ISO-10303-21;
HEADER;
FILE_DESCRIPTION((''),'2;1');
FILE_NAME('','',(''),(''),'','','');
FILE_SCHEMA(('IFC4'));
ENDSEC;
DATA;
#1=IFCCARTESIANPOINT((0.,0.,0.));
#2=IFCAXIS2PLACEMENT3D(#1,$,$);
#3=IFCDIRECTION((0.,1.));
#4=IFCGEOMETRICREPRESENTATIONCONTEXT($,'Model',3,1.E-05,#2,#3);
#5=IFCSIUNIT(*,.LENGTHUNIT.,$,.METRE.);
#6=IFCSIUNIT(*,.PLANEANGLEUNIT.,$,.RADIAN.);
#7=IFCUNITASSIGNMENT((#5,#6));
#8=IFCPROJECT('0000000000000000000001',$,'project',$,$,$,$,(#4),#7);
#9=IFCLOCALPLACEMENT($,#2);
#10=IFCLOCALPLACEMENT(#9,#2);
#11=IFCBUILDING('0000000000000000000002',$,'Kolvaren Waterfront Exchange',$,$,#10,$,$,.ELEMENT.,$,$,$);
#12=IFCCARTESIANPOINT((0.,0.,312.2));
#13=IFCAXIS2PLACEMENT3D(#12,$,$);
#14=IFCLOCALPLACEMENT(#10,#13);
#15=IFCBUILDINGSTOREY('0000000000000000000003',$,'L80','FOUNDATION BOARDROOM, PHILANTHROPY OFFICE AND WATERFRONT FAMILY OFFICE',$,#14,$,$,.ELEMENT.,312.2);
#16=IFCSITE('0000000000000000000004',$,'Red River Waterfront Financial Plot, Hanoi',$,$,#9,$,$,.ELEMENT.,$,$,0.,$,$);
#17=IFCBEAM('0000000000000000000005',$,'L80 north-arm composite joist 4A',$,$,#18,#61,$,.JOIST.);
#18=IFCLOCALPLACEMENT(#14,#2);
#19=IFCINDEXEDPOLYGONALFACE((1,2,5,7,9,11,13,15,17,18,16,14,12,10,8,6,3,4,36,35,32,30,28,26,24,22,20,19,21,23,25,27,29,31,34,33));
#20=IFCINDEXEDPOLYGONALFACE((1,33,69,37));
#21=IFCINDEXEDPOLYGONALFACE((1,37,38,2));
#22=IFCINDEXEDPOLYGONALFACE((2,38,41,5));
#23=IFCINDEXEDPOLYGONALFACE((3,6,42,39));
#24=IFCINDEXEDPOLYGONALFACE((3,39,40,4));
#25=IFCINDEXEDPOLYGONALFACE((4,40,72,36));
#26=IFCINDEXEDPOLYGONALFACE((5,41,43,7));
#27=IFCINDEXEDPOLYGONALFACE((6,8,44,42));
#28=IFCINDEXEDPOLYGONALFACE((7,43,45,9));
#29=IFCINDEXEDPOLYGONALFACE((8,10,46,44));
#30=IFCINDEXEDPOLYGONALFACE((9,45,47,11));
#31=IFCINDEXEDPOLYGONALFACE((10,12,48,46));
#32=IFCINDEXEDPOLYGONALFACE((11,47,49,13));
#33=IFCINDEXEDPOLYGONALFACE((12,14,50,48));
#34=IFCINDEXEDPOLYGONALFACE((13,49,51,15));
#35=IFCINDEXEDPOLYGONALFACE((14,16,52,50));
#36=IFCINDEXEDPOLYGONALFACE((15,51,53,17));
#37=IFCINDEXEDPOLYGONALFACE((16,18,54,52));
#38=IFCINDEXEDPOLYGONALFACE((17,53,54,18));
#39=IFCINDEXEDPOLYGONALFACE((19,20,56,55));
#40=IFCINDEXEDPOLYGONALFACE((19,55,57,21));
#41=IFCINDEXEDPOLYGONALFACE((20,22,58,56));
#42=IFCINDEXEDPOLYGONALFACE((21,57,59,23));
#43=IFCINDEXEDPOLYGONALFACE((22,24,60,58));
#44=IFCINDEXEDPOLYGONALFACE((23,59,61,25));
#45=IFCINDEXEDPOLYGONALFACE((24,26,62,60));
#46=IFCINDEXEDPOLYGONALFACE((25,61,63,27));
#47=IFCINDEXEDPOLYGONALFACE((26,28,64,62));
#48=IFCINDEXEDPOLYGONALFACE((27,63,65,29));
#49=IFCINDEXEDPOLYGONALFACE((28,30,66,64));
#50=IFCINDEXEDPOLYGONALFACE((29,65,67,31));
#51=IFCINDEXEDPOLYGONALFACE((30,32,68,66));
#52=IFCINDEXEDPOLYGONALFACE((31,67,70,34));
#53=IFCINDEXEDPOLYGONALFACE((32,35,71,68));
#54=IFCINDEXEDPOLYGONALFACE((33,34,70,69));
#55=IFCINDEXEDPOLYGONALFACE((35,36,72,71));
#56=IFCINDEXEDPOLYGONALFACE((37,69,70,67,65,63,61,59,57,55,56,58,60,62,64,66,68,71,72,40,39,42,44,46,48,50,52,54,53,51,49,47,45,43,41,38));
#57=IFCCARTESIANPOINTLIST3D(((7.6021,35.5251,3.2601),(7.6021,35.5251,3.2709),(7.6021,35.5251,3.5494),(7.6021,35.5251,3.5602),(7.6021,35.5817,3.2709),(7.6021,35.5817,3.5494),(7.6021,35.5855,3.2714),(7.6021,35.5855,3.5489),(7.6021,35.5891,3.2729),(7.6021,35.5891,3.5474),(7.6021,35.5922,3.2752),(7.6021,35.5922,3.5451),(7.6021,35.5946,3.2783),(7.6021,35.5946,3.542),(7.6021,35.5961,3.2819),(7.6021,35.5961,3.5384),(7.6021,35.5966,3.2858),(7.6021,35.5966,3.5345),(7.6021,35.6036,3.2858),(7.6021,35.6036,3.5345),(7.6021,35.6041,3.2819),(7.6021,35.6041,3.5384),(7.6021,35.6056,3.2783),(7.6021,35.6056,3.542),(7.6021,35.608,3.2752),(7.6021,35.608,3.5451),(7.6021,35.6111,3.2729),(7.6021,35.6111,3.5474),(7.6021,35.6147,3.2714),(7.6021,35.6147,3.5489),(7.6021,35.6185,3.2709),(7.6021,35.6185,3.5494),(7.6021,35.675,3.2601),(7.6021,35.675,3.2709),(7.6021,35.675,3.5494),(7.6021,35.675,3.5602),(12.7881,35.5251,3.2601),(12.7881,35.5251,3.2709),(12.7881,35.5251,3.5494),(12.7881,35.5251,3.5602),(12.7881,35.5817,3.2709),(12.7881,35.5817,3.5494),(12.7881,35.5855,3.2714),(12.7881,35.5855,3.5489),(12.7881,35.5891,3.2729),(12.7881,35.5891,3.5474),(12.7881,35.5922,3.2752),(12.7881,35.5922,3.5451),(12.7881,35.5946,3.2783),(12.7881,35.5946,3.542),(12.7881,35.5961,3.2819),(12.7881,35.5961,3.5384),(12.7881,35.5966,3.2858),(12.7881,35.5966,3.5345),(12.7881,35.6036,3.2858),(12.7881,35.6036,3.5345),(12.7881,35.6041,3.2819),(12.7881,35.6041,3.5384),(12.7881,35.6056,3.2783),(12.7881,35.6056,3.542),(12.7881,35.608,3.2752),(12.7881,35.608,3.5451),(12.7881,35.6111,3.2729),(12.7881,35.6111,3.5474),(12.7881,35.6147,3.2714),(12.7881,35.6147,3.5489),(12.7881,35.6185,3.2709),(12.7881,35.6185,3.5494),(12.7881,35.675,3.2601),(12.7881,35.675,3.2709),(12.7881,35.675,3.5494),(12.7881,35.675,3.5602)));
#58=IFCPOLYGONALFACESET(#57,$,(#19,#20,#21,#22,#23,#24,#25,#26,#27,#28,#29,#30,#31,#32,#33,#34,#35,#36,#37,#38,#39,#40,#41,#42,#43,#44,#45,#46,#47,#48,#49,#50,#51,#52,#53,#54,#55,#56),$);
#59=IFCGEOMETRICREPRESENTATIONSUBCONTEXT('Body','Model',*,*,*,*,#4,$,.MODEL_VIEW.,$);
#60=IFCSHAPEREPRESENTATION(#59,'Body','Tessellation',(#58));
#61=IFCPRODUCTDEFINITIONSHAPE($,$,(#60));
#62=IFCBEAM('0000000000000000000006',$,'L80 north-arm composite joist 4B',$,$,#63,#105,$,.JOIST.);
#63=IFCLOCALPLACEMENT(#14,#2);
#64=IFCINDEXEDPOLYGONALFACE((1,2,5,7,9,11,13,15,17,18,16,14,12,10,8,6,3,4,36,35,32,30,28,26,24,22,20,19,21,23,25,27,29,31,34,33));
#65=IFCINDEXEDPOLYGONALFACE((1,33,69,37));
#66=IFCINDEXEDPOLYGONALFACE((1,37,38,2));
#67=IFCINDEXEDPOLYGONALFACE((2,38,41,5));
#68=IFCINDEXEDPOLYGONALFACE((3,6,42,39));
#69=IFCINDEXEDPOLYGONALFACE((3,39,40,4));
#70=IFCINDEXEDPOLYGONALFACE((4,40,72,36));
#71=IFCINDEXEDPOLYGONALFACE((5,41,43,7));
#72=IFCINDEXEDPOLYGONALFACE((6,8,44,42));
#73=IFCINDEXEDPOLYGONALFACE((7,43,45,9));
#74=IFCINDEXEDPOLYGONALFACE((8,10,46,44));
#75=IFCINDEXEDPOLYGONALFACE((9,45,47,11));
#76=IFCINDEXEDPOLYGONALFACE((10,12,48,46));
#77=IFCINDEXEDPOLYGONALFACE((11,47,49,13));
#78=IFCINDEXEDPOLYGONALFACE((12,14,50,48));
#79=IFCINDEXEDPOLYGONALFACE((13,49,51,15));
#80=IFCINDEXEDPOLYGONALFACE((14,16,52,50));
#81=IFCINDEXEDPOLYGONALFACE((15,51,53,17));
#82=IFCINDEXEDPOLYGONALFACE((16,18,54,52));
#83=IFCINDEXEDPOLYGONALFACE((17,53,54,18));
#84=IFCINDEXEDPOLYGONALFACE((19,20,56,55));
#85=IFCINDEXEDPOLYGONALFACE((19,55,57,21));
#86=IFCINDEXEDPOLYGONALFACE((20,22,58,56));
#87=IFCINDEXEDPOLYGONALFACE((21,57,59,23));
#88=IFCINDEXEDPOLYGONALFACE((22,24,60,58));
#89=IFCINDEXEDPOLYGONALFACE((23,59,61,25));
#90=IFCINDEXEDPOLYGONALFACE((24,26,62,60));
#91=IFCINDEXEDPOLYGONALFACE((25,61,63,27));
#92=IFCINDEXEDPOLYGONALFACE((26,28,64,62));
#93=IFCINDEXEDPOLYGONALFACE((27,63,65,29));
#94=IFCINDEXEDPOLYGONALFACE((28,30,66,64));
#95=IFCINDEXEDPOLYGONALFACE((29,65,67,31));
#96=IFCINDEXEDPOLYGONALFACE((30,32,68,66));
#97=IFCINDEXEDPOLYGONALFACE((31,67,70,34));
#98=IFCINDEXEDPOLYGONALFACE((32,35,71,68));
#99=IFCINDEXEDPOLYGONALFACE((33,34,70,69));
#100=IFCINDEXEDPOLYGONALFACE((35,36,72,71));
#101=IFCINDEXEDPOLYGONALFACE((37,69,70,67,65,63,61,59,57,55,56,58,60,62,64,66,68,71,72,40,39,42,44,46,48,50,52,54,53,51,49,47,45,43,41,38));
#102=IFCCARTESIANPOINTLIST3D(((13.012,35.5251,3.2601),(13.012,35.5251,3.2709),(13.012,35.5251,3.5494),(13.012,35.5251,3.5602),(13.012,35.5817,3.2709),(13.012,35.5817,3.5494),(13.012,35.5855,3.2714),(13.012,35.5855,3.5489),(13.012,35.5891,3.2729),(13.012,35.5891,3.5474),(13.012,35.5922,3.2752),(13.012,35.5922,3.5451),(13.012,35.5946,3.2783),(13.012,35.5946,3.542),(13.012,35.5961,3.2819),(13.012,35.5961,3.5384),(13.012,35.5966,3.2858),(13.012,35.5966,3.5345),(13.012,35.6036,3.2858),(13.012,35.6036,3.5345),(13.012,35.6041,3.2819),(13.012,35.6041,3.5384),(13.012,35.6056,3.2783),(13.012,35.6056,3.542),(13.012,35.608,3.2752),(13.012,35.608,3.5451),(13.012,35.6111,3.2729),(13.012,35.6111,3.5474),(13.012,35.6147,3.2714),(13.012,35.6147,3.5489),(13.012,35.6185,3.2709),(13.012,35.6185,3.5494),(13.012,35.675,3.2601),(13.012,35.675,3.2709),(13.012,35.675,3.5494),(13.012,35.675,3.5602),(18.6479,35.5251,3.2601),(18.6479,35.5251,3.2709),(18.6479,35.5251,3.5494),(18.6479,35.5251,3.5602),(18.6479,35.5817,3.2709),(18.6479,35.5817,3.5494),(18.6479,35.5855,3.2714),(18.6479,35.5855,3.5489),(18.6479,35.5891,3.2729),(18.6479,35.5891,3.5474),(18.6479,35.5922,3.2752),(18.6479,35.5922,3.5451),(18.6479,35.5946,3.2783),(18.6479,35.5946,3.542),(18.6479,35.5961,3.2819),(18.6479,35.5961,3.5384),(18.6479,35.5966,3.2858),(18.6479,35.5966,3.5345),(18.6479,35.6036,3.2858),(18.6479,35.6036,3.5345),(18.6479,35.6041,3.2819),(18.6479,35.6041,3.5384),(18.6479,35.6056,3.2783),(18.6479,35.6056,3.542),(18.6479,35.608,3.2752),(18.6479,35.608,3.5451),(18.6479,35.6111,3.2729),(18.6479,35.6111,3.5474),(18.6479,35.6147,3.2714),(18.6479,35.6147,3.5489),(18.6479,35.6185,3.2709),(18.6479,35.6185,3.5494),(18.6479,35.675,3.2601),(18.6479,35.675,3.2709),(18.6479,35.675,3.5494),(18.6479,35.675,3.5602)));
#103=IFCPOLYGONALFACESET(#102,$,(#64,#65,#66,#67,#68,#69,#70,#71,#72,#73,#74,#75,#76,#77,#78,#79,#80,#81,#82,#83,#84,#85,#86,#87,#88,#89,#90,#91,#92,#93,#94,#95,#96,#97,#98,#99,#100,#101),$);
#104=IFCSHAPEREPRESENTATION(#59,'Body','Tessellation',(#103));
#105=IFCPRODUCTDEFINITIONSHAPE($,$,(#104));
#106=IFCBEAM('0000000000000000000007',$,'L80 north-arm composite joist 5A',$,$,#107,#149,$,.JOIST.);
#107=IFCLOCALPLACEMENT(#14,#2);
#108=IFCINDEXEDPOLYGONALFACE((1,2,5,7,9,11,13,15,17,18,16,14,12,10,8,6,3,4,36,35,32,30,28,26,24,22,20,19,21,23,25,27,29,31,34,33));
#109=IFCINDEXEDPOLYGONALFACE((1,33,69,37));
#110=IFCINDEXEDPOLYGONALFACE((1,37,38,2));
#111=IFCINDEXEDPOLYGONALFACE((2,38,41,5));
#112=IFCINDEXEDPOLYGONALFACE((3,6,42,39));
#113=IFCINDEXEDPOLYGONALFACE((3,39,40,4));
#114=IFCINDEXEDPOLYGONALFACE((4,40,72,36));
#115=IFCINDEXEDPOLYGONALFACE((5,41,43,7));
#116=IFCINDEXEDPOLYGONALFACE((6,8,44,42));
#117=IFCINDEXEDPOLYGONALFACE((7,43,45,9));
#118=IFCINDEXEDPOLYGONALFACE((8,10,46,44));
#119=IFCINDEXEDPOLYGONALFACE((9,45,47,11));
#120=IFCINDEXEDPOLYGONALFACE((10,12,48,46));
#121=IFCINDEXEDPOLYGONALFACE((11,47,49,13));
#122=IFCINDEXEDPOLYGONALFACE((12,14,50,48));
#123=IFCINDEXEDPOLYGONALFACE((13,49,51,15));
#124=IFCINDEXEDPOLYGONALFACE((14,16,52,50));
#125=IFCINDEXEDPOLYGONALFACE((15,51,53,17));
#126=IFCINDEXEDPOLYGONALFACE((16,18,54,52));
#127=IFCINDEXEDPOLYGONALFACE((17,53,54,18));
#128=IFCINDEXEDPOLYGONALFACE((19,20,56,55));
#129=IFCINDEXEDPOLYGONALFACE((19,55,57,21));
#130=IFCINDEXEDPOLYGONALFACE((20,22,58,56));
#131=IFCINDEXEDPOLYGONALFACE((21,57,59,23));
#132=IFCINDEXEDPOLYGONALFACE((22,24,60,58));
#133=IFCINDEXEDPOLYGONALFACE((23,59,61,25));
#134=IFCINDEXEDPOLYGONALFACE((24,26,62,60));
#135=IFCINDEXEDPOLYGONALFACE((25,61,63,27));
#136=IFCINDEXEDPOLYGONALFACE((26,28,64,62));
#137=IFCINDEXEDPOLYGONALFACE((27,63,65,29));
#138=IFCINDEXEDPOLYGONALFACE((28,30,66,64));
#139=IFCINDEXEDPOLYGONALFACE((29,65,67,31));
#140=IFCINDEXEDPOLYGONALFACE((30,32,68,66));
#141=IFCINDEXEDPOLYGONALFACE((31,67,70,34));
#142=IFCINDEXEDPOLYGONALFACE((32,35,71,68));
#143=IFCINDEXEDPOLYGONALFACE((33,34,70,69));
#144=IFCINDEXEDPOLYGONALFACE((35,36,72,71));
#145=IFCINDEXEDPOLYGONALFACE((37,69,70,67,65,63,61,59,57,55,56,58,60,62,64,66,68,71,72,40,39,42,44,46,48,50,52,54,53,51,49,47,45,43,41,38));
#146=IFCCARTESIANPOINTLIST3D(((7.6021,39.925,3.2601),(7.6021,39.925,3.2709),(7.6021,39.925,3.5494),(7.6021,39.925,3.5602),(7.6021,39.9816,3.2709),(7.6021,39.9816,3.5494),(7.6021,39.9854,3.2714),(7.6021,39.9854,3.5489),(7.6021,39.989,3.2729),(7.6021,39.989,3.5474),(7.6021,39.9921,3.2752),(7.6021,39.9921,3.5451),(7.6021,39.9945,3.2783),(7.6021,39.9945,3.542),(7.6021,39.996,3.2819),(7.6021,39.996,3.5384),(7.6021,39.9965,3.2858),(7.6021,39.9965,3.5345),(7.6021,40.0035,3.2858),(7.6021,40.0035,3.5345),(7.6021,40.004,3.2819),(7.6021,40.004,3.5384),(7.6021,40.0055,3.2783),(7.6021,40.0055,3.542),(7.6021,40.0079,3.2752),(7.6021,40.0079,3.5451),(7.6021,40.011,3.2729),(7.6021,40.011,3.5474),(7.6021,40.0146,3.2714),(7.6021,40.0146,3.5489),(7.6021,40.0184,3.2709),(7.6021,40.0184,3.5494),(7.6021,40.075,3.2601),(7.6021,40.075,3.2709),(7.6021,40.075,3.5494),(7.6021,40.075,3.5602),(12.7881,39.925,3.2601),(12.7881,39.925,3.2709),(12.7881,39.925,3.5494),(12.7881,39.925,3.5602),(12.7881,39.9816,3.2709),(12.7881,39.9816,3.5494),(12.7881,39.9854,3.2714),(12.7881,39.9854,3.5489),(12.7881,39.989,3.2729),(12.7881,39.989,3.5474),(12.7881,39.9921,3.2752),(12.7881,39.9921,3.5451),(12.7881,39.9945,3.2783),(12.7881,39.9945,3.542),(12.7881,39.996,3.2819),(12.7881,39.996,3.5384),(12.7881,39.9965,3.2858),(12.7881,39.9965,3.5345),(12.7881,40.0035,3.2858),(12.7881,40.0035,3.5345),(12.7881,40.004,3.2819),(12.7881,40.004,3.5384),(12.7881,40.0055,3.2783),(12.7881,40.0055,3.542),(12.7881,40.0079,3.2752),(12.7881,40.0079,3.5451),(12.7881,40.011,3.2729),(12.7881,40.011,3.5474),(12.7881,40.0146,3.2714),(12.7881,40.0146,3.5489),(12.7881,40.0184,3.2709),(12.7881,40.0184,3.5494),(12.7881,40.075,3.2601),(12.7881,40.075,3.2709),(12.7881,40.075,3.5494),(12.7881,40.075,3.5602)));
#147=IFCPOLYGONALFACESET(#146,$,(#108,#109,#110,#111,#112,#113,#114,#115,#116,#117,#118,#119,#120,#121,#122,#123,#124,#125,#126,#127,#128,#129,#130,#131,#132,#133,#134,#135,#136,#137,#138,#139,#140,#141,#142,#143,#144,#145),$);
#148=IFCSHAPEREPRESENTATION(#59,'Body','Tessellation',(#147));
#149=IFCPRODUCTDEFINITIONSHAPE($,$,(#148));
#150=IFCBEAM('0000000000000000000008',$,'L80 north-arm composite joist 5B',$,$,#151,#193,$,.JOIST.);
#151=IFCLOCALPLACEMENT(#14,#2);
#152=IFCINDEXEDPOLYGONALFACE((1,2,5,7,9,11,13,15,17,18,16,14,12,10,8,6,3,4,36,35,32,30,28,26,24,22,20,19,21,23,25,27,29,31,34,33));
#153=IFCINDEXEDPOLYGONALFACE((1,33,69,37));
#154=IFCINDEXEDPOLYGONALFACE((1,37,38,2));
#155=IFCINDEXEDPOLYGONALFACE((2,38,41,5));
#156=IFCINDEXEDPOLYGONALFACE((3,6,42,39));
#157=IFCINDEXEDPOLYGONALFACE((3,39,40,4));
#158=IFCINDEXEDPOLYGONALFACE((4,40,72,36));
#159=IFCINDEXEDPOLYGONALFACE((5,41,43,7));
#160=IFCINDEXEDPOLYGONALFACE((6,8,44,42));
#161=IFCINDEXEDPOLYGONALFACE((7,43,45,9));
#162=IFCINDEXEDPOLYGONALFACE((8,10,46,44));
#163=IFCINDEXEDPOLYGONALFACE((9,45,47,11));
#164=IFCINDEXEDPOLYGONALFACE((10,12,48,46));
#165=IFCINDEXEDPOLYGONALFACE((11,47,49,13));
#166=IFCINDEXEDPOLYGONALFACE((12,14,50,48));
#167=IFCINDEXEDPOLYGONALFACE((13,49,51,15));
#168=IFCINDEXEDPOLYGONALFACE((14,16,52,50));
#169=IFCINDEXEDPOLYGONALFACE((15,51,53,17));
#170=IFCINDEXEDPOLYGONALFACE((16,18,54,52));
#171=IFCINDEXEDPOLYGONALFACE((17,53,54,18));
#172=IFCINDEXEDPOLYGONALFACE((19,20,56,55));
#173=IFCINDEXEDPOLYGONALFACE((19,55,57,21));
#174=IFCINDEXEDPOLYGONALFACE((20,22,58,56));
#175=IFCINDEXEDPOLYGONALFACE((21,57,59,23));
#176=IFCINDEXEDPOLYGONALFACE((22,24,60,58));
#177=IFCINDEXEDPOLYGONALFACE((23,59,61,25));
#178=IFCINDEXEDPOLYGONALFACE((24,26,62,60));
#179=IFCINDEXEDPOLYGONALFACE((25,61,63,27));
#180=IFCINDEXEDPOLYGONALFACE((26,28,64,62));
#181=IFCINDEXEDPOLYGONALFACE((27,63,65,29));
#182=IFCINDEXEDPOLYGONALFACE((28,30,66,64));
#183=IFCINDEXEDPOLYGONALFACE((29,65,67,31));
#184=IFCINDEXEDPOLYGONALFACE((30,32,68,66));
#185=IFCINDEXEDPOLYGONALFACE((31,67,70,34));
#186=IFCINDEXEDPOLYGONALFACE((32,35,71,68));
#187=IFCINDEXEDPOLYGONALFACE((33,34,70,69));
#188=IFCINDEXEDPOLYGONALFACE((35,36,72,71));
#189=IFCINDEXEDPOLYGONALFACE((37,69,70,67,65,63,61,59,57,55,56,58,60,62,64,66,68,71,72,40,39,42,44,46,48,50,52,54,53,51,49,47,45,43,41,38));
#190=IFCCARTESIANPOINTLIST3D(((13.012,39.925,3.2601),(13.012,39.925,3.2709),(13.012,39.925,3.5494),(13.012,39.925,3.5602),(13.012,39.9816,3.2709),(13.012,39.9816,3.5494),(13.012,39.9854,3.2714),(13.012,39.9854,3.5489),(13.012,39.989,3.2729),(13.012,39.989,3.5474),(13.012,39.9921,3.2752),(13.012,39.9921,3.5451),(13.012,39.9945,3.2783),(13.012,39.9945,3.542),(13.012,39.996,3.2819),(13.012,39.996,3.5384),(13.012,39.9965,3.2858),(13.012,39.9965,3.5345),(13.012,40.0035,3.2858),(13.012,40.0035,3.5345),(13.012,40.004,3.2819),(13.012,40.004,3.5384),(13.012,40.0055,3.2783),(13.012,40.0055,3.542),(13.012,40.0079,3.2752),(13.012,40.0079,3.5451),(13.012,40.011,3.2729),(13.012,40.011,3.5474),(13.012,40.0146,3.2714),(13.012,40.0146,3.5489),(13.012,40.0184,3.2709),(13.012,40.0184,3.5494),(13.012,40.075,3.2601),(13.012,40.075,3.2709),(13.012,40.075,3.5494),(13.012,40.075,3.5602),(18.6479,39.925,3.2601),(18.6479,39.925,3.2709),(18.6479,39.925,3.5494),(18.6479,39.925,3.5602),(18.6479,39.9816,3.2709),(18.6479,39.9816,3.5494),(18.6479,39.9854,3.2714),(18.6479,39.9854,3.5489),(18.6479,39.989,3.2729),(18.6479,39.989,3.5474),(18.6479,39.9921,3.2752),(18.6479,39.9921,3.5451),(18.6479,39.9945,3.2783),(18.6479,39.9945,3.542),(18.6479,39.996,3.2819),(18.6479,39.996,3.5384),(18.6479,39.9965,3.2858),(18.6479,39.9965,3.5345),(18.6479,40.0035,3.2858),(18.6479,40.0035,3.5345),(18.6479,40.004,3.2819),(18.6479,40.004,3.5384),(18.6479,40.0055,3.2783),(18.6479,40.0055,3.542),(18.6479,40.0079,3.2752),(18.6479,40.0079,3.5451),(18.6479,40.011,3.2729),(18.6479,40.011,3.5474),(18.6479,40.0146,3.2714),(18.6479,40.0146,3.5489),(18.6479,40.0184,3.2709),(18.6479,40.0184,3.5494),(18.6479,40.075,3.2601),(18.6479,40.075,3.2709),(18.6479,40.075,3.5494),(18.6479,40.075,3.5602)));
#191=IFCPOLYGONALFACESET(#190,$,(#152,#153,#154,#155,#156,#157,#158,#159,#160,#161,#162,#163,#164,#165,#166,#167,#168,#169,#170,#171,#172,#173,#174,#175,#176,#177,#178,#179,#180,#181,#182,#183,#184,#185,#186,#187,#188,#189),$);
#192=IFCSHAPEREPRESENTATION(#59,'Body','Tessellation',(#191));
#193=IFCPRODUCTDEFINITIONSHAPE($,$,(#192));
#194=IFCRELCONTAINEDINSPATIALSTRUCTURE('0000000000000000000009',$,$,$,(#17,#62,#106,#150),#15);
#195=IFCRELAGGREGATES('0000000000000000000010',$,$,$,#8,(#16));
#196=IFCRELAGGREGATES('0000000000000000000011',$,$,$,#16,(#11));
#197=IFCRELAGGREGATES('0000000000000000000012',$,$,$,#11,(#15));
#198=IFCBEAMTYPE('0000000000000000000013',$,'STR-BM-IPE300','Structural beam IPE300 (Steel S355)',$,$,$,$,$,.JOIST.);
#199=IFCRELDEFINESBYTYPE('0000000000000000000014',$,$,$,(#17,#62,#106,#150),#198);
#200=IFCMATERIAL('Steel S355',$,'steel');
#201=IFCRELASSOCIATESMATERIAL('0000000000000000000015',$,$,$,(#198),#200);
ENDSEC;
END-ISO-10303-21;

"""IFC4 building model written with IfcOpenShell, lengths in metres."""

from ifc_helpers import new_model, si_unit, direction, frame, origin, origin_2d, place, context, subcontext, project, spatial, i_section, extrude, material, material_profile, profile_set, type_object, element, save


model = new_model("IFC4")

# Units and contexts
model_context = context("Model", 3, precision=1e-05, world=origin(), true_north=direction((0.0, 1.0)))
body_context = subcontext(model_context, "Body", "Model", "MODEL_VIEW")
ifc_project = project(units=[si_unit("LENGTHUNIT", "METRE"), si_unit("PLANEANGLEUNIT", "RADIAN")], contexts=[model_context])

# Site, building, storey
site_placement = place(None, origin())
site = spatial("IfcSite", under=ifc_project, at=site_placement, Name="Red River Waterfront Financial Plot, Hanoi", CompositionType="ELEMENT", RefElevation=0.0)
building_placement = place(site_placement, origin())
building = spatial("IfcBuilding", under=site, at=building_placement, Name="Kolvaren Waterfront Exchange", CompositionType="ELEMENT")
storey_placement = place(building_placement, frame((0.0, 0.0, 312.2)))
storey = spatial("IfcBuildingStorey", under=building, at=storey_placement, Name="L80", Description="FOUNDATION BOARDROOM, PHILANTHROPY OFFICE AND WATERFRONT FAMILY OFFICE", CompositionType="ELEMENT", Elevation=312.2)

# Beams
ifc_material_1 = material(Name="Steel S355", Category="steel")
ifc_material_profile_1 = material_profile(ifc_material_1, i_section(OverallWidth=0.1499, OverallDepth=0.3, WebThickness=0.0071, FlangeThickness=0.0107, FilletRadius=0.0149, at=origin_2d()), Name="IPE300")
ifc_profile_set_1 = profile_set([ifc_material_profile_1], Name="Steel S355")
beam_type_1 = type_object("IfcBeamType", Name="STR-BM-IPE300", Description="Structural beam IPE300 (Steel S355)", PredefinedType="JOIST", material=ifc_profile_set_1)
beam_1_placement = place(storey_placement, frame((7.6021, 35.6001, 3.4102), z_axis=(1.0, 0.0, 0.0), x_axis=(0.0, 1.0, 0.0)))
element("IfcBeam", 1, at=beam_1_placement, inside=storey, type_object=beam_type_1, Name="L80 north-arm composite joist 4A", PredefinedType="JOIST", context=body_context, shape_type="SweptSolid", body=[
    extrude(i_section(OverallWidth=0.1499, OverallDepth=0.3, WebThickness=0.0071, FlangeThickness=0.0107, FilletRadius=0.0149, at=origin_2d()), origin(), (0.0, 0.0, 1.0), 5.186),
])
beam_2_placement = place(storey_placement, frame((13.012, 35.6001, 3.4102), z_axis=(1.0, 0.0, 0.0), x_axis=(0.0, 1.0, 0.0)))
element("IfcBeam", 2, at=beam_2_placement, inside=storey, type_object=beam_type_1, Name="L80 north-arm composite joist 4B", PredefinedType="JOIST", context=body_context, shape_type="SweptSolid", body=[
    extrude(i_section(OverallWidth=0.1499, OverallDepth=0.3, WebThickness=0.0071, FlangeThickness=0.0107, FilletRadius=0.0149, at=origin_2d()), origin(), (0.0, 0.0, 1.0), 5.636),
])
beam_3_placement = place(storey_placement, frame((7.6021, 40.0, 3.4102), z_axis=(1.0, 0.0, 0.0), x_axis=(0.0, 1.0, 0.0)))
element("IfcBeam", 3, at=beam_3_placement, inside=storey, type_object=beam_type_1, Name="L80 north-arm composite joist 5A", PredefinedType="JOIST", context=body_context, shape_type="SweptSolid", body=[
    extrude(i_section(OverallWidth=0.1499, OverallDepth=0.3, WebThickness=0.0071, FlangeThickness=0.0107, FilletRadius=0.0149, at=origin_2d()), origin(), (0.0, 0.0, 1.0), 5.186),
])
beam_4_placement = place(storey_placement, frame((13.012, 40.0, 3.4102), z_axis=(1.0, 0.0, 0.0), x_axis=(0.0, 1.0, 0.0)))
element("IfcBeam", 4, at=beam_4_placement, inside=storey, type_object=beam_type_1, Name="L80 north-arm composite joist 5B", PredefinedType="JOIST", context=body_context, shape_type="SweptSolid", body=[
    extrude(i_section(OverallWidth=0.1499, OverallDepth=0.3, WebThickness=0.0071, FlangeThickness=0.0107, FilletRadius=0.0149, at=origin_2d()), origin(), (0.0, 0.0, 1.0), 5.636),
])

save(model, "model.ifc")
